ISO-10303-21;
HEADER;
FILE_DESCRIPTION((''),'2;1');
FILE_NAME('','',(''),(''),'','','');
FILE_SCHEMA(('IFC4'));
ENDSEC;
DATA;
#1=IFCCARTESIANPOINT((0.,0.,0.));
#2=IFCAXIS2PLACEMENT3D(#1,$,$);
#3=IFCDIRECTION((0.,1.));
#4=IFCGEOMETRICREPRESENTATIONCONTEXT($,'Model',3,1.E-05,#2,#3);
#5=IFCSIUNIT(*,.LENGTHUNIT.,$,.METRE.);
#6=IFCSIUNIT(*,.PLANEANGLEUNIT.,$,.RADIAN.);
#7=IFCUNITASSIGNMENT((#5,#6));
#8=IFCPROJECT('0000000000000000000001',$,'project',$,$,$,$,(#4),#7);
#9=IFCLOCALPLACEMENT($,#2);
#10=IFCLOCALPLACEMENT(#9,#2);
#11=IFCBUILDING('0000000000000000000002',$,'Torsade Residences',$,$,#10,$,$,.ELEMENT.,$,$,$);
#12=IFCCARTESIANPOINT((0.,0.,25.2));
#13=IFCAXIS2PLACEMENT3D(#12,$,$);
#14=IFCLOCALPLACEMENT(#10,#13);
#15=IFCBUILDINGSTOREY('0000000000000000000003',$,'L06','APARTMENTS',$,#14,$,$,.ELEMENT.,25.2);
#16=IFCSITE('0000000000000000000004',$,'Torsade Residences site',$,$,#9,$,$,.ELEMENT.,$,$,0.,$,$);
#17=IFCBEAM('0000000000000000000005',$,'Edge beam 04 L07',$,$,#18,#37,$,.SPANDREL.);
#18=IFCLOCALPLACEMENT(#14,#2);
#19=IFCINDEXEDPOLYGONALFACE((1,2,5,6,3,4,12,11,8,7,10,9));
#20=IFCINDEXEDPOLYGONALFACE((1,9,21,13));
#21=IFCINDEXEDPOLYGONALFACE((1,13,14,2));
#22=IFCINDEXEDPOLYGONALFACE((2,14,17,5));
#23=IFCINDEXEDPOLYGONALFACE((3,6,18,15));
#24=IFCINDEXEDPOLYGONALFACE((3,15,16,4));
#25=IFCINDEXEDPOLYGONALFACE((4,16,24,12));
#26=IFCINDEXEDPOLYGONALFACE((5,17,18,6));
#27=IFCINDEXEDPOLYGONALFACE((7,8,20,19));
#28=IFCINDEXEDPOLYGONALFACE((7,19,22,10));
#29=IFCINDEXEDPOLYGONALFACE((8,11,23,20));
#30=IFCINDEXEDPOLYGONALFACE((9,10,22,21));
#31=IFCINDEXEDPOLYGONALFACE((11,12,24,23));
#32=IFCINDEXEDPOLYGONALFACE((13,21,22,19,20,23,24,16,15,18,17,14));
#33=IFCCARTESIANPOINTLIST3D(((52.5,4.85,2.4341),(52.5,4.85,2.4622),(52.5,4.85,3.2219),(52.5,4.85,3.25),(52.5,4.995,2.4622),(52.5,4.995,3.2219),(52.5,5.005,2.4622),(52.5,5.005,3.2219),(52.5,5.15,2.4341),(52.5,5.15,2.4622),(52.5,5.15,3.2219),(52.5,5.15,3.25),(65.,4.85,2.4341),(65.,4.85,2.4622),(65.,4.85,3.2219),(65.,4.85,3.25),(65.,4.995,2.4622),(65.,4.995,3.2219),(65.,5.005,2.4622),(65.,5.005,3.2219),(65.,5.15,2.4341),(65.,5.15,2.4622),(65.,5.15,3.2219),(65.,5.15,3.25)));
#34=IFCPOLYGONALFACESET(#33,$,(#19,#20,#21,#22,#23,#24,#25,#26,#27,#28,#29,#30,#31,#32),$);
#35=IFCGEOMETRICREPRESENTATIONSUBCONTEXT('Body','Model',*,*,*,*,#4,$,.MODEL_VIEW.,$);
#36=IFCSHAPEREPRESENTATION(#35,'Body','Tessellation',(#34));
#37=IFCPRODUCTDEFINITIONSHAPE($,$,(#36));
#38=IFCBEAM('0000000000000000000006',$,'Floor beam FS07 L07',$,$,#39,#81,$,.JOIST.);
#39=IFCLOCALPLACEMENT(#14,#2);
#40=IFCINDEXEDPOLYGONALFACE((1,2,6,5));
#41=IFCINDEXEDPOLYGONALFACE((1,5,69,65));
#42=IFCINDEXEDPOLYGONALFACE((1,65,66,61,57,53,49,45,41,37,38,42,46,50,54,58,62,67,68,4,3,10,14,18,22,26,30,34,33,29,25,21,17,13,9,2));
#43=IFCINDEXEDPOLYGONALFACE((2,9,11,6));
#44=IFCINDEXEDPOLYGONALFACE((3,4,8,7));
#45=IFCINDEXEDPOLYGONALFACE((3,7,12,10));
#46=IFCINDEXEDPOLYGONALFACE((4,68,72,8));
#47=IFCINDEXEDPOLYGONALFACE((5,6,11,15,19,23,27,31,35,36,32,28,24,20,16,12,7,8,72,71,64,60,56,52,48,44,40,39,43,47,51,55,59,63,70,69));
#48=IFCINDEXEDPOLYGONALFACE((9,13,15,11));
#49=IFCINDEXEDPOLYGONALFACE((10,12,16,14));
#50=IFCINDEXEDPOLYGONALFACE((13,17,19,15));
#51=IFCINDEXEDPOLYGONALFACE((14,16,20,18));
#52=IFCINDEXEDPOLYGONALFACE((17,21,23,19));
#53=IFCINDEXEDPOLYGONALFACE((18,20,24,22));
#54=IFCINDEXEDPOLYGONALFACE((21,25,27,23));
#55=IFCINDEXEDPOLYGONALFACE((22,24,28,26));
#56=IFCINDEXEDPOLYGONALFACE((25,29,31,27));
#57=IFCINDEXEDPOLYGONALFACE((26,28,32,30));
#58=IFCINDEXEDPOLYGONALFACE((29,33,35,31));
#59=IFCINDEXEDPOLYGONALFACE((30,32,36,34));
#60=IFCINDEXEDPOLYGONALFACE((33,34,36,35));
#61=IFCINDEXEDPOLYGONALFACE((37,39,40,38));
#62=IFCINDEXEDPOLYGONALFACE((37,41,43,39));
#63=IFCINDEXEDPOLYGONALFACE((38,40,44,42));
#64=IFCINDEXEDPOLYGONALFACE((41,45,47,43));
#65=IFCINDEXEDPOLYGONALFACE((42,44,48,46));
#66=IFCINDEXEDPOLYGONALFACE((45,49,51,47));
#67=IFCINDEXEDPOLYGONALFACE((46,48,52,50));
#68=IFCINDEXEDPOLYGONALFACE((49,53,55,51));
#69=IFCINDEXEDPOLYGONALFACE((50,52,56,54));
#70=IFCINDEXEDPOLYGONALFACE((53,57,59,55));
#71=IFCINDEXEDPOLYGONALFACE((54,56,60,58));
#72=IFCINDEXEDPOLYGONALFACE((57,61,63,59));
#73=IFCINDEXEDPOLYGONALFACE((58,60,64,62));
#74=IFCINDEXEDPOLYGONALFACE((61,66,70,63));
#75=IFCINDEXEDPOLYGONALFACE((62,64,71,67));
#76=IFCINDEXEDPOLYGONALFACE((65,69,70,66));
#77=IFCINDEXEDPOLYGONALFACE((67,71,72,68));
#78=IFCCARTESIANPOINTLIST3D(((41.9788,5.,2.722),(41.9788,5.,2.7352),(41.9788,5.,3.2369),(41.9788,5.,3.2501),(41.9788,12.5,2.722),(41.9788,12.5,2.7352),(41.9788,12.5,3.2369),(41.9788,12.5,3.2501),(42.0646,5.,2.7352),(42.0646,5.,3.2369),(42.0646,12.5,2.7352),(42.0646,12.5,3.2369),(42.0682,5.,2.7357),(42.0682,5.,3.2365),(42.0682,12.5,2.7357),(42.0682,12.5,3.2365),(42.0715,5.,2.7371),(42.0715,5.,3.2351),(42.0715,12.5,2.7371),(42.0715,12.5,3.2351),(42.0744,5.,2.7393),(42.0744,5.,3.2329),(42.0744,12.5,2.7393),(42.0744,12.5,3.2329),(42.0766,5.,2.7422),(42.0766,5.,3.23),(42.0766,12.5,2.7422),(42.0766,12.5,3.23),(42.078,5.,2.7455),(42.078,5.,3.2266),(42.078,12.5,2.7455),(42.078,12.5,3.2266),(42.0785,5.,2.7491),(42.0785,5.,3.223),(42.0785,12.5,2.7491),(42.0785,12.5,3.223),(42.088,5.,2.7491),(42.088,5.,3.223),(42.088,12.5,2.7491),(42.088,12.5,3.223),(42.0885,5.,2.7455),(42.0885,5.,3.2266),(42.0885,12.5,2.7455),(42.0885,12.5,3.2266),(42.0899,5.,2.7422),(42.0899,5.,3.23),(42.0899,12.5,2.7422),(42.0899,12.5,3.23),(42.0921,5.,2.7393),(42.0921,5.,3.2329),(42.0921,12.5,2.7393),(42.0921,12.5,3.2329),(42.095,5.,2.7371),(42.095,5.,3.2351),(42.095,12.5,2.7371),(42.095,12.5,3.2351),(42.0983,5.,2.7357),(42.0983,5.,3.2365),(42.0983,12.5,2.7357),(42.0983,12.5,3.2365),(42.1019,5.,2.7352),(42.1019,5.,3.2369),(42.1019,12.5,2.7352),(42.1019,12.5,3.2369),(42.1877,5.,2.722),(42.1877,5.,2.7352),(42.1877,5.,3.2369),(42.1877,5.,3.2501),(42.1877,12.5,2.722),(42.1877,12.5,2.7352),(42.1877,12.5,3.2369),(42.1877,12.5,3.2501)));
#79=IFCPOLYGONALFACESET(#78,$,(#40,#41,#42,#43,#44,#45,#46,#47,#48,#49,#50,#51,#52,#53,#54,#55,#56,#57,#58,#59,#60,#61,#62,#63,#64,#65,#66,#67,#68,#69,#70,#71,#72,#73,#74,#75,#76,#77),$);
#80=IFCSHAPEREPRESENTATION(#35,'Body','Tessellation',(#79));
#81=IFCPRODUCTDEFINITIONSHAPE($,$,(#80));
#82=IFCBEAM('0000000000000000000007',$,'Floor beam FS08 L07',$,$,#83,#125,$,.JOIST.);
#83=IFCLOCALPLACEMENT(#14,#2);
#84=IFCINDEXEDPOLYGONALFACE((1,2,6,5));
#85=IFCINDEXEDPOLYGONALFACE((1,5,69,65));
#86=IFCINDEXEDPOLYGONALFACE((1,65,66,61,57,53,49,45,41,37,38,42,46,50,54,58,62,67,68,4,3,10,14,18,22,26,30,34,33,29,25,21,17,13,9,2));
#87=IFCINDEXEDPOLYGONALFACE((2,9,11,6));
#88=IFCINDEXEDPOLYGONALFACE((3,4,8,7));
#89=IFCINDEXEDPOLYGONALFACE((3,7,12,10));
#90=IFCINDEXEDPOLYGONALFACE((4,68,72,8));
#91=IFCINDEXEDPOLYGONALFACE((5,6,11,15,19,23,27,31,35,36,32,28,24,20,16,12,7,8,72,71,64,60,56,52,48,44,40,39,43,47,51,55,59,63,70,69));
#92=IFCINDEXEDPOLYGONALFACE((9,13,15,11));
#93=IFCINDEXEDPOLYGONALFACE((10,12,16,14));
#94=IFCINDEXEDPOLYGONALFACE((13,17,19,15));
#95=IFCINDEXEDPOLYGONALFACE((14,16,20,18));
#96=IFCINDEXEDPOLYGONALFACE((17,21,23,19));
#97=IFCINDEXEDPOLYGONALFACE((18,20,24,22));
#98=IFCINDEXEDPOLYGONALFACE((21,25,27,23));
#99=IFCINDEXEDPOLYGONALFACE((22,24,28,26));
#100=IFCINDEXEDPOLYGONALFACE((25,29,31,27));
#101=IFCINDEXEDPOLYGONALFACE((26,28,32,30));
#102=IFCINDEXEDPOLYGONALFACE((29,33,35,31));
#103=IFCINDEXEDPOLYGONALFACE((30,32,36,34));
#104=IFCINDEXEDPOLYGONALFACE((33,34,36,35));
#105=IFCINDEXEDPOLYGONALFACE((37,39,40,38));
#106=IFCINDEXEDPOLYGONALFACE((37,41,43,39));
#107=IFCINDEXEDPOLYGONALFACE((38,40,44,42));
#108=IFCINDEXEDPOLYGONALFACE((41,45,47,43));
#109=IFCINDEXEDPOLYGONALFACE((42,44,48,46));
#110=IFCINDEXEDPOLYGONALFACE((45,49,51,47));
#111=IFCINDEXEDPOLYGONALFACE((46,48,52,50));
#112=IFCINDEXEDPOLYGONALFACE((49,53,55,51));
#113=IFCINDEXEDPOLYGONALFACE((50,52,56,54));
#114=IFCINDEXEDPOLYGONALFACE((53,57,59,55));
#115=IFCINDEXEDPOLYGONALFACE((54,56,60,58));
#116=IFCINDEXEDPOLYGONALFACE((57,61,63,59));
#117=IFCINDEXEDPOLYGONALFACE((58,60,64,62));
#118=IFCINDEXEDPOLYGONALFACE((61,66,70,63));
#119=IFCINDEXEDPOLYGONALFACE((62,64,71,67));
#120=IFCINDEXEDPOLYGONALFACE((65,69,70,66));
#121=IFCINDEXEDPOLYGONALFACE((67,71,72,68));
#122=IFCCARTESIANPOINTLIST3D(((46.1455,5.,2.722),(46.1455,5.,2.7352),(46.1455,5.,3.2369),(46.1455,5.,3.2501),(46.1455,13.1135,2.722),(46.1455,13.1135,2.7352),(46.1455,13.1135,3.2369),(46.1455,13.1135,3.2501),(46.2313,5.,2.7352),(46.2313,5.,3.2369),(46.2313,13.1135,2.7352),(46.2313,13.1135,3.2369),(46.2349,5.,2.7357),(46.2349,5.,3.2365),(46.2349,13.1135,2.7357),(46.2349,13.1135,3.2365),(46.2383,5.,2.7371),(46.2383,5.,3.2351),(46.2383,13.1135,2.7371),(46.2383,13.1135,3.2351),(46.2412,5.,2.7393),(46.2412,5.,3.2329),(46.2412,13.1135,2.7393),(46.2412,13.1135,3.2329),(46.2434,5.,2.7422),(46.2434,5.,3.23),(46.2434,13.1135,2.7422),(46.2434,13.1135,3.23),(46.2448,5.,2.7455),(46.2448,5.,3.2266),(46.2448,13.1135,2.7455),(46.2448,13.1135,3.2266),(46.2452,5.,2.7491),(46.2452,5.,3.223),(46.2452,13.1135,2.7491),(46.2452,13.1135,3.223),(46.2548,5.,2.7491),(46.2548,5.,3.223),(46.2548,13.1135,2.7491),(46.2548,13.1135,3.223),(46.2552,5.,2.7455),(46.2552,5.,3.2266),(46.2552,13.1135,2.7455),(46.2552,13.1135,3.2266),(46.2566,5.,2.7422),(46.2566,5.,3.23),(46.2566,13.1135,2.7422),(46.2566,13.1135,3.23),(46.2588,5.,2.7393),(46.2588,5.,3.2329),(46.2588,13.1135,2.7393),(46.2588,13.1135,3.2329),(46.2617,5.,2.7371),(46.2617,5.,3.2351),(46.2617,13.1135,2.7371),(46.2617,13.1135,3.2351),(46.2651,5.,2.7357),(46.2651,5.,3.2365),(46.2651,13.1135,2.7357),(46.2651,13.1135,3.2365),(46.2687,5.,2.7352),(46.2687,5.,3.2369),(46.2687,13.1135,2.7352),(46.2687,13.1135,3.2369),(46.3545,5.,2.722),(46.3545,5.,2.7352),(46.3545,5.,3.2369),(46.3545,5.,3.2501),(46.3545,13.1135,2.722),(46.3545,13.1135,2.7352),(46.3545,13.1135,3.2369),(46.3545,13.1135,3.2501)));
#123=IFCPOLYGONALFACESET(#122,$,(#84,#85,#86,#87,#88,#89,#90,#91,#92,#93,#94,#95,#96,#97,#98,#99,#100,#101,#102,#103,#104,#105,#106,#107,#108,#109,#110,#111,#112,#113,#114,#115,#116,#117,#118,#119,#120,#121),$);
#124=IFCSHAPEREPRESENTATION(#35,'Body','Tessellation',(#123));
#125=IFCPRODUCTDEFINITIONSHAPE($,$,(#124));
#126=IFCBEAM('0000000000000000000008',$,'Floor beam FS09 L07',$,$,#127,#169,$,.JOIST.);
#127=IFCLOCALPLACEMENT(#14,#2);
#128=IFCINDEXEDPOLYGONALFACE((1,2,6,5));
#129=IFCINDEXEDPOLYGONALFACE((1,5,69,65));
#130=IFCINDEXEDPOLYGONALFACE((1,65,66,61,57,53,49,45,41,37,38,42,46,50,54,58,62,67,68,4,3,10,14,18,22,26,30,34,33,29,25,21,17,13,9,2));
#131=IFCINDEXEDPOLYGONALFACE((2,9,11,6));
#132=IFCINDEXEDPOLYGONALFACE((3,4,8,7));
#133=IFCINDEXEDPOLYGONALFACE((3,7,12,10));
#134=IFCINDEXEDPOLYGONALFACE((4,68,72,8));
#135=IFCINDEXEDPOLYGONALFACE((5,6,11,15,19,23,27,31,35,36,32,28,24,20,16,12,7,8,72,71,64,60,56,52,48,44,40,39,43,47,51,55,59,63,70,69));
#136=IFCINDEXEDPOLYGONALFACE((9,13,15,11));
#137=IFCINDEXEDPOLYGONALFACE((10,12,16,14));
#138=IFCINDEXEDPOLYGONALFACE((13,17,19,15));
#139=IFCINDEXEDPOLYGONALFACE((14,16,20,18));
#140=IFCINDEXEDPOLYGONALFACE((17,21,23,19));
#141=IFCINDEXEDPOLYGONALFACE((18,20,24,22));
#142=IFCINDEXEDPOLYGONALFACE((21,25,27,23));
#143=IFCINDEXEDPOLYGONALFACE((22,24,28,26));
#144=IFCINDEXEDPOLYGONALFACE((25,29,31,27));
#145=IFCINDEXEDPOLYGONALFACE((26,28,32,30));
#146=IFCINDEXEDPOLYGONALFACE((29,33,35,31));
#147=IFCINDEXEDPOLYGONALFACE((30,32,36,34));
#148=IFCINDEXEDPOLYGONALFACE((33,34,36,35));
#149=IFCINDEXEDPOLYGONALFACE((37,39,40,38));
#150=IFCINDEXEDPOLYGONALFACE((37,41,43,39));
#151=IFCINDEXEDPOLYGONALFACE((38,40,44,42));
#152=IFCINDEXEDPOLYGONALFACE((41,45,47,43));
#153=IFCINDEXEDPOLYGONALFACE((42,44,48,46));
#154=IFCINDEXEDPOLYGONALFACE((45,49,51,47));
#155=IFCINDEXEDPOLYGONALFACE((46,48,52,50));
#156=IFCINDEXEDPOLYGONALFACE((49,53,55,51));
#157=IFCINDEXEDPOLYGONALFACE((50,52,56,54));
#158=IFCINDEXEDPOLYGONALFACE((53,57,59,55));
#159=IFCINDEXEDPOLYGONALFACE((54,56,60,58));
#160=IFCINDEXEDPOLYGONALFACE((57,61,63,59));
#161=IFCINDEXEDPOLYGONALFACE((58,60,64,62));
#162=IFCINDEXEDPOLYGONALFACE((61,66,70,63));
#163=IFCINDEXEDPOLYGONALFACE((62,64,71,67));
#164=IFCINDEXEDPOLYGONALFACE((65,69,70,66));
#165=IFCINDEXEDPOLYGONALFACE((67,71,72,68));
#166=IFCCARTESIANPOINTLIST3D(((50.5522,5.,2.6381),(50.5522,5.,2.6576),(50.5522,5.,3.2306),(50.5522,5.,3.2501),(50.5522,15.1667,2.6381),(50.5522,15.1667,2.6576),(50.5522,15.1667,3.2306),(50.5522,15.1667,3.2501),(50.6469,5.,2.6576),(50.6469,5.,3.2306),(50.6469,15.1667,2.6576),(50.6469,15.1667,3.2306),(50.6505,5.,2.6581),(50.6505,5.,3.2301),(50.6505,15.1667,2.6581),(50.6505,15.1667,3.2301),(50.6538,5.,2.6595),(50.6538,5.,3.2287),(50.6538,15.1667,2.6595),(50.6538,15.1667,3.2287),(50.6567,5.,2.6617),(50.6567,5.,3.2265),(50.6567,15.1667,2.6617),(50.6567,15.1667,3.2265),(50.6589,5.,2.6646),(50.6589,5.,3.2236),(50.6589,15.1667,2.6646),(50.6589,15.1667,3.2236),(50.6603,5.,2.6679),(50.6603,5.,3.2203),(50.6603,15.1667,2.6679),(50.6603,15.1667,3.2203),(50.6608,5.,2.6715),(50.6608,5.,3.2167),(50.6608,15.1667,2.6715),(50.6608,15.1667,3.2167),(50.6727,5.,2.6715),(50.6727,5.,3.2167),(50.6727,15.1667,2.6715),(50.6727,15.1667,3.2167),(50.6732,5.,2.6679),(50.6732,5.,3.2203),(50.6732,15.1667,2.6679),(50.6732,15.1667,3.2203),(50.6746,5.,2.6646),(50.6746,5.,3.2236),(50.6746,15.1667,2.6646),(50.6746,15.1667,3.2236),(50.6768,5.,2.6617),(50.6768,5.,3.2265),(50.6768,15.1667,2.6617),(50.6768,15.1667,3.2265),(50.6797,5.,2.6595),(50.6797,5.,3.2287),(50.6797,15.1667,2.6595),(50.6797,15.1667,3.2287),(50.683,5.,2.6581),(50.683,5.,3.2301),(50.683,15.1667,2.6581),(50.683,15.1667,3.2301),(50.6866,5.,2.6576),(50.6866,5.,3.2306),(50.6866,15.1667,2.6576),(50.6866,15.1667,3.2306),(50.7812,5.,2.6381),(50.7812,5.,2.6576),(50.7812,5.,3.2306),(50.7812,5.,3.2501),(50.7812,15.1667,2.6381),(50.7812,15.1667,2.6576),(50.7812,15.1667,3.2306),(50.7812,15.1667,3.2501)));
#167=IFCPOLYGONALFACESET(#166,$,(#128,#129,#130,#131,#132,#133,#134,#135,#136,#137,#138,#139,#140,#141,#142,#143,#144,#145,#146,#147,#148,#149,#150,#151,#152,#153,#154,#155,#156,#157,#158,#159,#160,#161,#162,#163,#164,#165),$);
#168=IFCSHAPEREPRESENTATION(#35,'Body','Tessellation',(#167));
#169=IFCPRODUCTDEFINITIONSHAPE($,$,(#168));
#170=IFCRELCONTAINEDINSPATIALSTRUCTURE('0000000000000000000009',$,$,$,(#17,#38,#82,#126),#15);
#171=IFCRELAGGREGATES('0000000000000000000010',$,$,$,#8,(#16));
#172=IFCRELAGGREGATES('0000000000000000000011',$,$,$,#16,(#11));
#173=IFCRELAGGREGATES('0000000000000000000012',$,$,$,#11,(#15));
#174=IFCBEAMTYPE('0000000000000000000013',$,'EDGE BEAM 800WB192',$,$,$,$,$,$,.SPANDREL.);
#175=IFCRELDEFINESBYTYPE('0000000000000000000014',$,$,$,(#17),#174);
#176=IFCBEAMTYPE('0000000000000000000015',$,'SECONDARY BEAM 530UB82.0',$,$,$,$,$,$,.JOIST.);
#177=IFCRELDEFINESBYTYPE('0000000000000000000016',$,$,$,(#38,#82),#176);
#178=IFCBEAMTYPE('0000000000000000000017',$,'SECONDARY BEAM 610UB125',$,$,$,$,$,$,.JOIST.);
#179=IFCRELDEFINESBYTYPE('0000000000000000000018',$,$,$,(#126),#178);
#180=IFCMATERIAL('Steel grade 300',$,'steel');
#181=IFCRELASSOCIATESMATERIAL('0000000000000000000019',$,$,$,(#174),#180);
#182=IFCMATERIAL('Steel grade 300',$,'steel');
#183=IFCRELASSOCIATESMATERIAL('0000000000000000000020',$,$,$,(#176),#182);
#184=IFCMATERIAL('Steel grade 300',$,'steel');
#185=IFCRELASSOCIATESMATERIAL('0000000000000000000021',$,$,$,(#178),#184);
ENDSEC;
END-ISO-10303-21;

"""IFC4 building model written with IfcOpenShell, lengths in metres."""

from ifc_helpers import new_model, si_unit, direction, frame, origin, origin_2d, place, context, subcontext, project, spatial, i_section, extrude, material, material_profile, profile_set, type_object, element, save


model = new_model("IFC4")

# Units and contexts
model_context = context("Model", 3, precision=1e-05, world=origin(), true_north=direction((0.0, 1.0)))
body_context = subcontext(model_context, "Body", "Model", "MODEL_VIEW")
ifc_project = project(units=[si_unit("LENGTHUNIT", "METRE"), si_unit("PLANEANGLEUNIT", "RADIAN")], contexts=[model_context])

# Site, building, storey
site_placement = place(None, origin())
site = spatial("IfcSite", under=ifc_project, at=site_placement, Name="Torsade Residences site", CompositionType="ELEMENT", RefElevation=0.0)
building_placement = place(site_placement, origin())
building = spatial("IfcBuilding", under=site, at=building_placement, Name="Torsade Residences", CompositionType="ELEMENT")
storey_placement = place(building_placement, frame((0.0, 0.0, 25.2)))
storey = spatial("IfcBuildingStorey", under=building, at=storey_placement, Name="L06", Description="APARTMENTS", CompositionType="ELEMENT", Elevation=25.2)

# Beams
ifc_material_1 = material(Name="Steel grade 300", Category="steel")
ifc_material_profile_1 = material_profile(ifc_material_1, i_section(OverallWidth=0.3, OverallDepth=0.8159, WebThickness=0.01, FlangeThickness=0.0281, at=origin_2d()), Name="800WB192")
ifc_profile_set_1 = profile_set([ifc_material_profile_1], Name="Steel grade 300")
beam_type_1 = type_object("IfcBeamType", Name="EDGE BEAM 800WB192", PredefinedType="SPANDREL", material=ifc_profile_set_1)
for number, where, z_axis, x_axis, name in (
    (1, (52.5, 5.0, 2.842), (1.0, 0.0, 0.0), (0.0, 1.0, 0.0), "Edge beam 04 L07"),
):
    element("IfcBeam", number, at=place(storey_placement, frame(where, z_axis=z_axis, x_axis=x_axis)), inside=storey, type_object=beam_type_1, Name=name, PredefinedType="SPANDREL", context=body_context, shape_type="SweptSolid", body=[
        extrude(i_section(OverallWidth=0.3, OverallDepth=0.8159, WebThickness=0.01, FlangeThickness=0.0281, at=origin_2d()), origin(), (0.0, 0.0, 1.0), 12.5),
    ])
ifc_material_2 = material(Name="Steel grade 300", Category="steel")
ifc_material_profile_2 = material_profile(ifc_material_2, i_section(OverallWidth=0.209, OverallDepth=0.5281, WebThickness=0.0095, FlangeThickness=0.0132, FilletRadius=0.0139, at=origin_2d()), Name="530UB82.0")
ifc_profile_set_2 = profile_set([ifc_material_profile_2], Name="Steel grade 300")
beam_type_2 = type_object("IfcBeamType", Name="SECONDARY BEAM 530UB82.0", PredefinedType="JOIST", material=ifc_profile_set_2)
beam_1_placement = place(storey_placement, frame((42.0833, 5.0, 2.9861), z_axis=(0.0, 1.0, 0.0), x_axis=(-1.0, 0.0, 0.0)))
element("IfcBeam", 2, at=beam_1_placement, inside=storey, type_object=beam_type_2, Name="Floor beam FS07 L07", PredefinedType="JOIST", context=body_context, shape_type="SweptSolid", body=[
    extrude(i_section(OverallWidth=0.209, OverallDepth=0.5281, WebThickness=0.0095, FlangeThickness=0.0132, FilletRadius=0.0139, at=origin_2d()), origin(), (0.0, 0.0, 1.0), 7.5),
])
beam_2_placement = place(storey_placement, frame((46.25, 5.0, 2.9861), z_axis=(0.0, 1.0, 0.0), x_axis=(-1.0, 0.0, 0.0)))
element("IfcBeam", 3, at=beam_2_placement, inside=storey, type_object=beam_type_2, Name="Floor beam FS08 L07", PredefinedType="JOIST", context=body_context, shape_type="SweptSolid", body=[
    extrude(i_section(OverallWidth=0.209, OverallDepth=0.5281, WebThickness=0.0095, FlangeThickness=0.0132, FilletRadius=0.0139, at=origin_2d()), origin(), (0.0, 0.0, 1.0), 8.1135),
])
ifc_material_3 = material(Name="Steel grade 300", Category="steel")
ifc_material_profile_3 = material_profile(ifc_material_3, i_section(OverallWidth=0.229, OverallDepth=0.6121, WebThickness=0.012, FlangeThickness=0.0195, FilletRadius=0.0139, at=origin_2d()), Name="610UB125")
ifc_profile_set_3 = profile_set([ifc_material_profile_3], Name="Steel grade 300")
beam_type_3 = type_object("IfcBeamType", Name="SECONDARY BEAM 610UB125", PredefinedType="JOIST", material=ifc_profile_set_3)
beam_3_placement = place(storey_placement, frame((50.6667, 5.0, 2.9441), z_axis=(0.0, 1.0, 0.0), x_axis=(-1.0, 0.0, 0.0)))
element("IfcBeam", 4, at=beam_3_placement, inside=storey, type_object=beam_type_3, Name="Floor beam FS09 L07", PredefinedType="JOIST", context=body_context, shape_type="SweptSolid", body=[
    extrude(i_section(OverallWidth=0.229, OverallDepth=0.6121, WebThickness=0.012, FlangeThickness=0.0195, FilletRadius=0.0139, at=origin_2d()), origin(), (0.0, 0.0, 1.0), 10.1667),
])

save(model, "model.ifc")
